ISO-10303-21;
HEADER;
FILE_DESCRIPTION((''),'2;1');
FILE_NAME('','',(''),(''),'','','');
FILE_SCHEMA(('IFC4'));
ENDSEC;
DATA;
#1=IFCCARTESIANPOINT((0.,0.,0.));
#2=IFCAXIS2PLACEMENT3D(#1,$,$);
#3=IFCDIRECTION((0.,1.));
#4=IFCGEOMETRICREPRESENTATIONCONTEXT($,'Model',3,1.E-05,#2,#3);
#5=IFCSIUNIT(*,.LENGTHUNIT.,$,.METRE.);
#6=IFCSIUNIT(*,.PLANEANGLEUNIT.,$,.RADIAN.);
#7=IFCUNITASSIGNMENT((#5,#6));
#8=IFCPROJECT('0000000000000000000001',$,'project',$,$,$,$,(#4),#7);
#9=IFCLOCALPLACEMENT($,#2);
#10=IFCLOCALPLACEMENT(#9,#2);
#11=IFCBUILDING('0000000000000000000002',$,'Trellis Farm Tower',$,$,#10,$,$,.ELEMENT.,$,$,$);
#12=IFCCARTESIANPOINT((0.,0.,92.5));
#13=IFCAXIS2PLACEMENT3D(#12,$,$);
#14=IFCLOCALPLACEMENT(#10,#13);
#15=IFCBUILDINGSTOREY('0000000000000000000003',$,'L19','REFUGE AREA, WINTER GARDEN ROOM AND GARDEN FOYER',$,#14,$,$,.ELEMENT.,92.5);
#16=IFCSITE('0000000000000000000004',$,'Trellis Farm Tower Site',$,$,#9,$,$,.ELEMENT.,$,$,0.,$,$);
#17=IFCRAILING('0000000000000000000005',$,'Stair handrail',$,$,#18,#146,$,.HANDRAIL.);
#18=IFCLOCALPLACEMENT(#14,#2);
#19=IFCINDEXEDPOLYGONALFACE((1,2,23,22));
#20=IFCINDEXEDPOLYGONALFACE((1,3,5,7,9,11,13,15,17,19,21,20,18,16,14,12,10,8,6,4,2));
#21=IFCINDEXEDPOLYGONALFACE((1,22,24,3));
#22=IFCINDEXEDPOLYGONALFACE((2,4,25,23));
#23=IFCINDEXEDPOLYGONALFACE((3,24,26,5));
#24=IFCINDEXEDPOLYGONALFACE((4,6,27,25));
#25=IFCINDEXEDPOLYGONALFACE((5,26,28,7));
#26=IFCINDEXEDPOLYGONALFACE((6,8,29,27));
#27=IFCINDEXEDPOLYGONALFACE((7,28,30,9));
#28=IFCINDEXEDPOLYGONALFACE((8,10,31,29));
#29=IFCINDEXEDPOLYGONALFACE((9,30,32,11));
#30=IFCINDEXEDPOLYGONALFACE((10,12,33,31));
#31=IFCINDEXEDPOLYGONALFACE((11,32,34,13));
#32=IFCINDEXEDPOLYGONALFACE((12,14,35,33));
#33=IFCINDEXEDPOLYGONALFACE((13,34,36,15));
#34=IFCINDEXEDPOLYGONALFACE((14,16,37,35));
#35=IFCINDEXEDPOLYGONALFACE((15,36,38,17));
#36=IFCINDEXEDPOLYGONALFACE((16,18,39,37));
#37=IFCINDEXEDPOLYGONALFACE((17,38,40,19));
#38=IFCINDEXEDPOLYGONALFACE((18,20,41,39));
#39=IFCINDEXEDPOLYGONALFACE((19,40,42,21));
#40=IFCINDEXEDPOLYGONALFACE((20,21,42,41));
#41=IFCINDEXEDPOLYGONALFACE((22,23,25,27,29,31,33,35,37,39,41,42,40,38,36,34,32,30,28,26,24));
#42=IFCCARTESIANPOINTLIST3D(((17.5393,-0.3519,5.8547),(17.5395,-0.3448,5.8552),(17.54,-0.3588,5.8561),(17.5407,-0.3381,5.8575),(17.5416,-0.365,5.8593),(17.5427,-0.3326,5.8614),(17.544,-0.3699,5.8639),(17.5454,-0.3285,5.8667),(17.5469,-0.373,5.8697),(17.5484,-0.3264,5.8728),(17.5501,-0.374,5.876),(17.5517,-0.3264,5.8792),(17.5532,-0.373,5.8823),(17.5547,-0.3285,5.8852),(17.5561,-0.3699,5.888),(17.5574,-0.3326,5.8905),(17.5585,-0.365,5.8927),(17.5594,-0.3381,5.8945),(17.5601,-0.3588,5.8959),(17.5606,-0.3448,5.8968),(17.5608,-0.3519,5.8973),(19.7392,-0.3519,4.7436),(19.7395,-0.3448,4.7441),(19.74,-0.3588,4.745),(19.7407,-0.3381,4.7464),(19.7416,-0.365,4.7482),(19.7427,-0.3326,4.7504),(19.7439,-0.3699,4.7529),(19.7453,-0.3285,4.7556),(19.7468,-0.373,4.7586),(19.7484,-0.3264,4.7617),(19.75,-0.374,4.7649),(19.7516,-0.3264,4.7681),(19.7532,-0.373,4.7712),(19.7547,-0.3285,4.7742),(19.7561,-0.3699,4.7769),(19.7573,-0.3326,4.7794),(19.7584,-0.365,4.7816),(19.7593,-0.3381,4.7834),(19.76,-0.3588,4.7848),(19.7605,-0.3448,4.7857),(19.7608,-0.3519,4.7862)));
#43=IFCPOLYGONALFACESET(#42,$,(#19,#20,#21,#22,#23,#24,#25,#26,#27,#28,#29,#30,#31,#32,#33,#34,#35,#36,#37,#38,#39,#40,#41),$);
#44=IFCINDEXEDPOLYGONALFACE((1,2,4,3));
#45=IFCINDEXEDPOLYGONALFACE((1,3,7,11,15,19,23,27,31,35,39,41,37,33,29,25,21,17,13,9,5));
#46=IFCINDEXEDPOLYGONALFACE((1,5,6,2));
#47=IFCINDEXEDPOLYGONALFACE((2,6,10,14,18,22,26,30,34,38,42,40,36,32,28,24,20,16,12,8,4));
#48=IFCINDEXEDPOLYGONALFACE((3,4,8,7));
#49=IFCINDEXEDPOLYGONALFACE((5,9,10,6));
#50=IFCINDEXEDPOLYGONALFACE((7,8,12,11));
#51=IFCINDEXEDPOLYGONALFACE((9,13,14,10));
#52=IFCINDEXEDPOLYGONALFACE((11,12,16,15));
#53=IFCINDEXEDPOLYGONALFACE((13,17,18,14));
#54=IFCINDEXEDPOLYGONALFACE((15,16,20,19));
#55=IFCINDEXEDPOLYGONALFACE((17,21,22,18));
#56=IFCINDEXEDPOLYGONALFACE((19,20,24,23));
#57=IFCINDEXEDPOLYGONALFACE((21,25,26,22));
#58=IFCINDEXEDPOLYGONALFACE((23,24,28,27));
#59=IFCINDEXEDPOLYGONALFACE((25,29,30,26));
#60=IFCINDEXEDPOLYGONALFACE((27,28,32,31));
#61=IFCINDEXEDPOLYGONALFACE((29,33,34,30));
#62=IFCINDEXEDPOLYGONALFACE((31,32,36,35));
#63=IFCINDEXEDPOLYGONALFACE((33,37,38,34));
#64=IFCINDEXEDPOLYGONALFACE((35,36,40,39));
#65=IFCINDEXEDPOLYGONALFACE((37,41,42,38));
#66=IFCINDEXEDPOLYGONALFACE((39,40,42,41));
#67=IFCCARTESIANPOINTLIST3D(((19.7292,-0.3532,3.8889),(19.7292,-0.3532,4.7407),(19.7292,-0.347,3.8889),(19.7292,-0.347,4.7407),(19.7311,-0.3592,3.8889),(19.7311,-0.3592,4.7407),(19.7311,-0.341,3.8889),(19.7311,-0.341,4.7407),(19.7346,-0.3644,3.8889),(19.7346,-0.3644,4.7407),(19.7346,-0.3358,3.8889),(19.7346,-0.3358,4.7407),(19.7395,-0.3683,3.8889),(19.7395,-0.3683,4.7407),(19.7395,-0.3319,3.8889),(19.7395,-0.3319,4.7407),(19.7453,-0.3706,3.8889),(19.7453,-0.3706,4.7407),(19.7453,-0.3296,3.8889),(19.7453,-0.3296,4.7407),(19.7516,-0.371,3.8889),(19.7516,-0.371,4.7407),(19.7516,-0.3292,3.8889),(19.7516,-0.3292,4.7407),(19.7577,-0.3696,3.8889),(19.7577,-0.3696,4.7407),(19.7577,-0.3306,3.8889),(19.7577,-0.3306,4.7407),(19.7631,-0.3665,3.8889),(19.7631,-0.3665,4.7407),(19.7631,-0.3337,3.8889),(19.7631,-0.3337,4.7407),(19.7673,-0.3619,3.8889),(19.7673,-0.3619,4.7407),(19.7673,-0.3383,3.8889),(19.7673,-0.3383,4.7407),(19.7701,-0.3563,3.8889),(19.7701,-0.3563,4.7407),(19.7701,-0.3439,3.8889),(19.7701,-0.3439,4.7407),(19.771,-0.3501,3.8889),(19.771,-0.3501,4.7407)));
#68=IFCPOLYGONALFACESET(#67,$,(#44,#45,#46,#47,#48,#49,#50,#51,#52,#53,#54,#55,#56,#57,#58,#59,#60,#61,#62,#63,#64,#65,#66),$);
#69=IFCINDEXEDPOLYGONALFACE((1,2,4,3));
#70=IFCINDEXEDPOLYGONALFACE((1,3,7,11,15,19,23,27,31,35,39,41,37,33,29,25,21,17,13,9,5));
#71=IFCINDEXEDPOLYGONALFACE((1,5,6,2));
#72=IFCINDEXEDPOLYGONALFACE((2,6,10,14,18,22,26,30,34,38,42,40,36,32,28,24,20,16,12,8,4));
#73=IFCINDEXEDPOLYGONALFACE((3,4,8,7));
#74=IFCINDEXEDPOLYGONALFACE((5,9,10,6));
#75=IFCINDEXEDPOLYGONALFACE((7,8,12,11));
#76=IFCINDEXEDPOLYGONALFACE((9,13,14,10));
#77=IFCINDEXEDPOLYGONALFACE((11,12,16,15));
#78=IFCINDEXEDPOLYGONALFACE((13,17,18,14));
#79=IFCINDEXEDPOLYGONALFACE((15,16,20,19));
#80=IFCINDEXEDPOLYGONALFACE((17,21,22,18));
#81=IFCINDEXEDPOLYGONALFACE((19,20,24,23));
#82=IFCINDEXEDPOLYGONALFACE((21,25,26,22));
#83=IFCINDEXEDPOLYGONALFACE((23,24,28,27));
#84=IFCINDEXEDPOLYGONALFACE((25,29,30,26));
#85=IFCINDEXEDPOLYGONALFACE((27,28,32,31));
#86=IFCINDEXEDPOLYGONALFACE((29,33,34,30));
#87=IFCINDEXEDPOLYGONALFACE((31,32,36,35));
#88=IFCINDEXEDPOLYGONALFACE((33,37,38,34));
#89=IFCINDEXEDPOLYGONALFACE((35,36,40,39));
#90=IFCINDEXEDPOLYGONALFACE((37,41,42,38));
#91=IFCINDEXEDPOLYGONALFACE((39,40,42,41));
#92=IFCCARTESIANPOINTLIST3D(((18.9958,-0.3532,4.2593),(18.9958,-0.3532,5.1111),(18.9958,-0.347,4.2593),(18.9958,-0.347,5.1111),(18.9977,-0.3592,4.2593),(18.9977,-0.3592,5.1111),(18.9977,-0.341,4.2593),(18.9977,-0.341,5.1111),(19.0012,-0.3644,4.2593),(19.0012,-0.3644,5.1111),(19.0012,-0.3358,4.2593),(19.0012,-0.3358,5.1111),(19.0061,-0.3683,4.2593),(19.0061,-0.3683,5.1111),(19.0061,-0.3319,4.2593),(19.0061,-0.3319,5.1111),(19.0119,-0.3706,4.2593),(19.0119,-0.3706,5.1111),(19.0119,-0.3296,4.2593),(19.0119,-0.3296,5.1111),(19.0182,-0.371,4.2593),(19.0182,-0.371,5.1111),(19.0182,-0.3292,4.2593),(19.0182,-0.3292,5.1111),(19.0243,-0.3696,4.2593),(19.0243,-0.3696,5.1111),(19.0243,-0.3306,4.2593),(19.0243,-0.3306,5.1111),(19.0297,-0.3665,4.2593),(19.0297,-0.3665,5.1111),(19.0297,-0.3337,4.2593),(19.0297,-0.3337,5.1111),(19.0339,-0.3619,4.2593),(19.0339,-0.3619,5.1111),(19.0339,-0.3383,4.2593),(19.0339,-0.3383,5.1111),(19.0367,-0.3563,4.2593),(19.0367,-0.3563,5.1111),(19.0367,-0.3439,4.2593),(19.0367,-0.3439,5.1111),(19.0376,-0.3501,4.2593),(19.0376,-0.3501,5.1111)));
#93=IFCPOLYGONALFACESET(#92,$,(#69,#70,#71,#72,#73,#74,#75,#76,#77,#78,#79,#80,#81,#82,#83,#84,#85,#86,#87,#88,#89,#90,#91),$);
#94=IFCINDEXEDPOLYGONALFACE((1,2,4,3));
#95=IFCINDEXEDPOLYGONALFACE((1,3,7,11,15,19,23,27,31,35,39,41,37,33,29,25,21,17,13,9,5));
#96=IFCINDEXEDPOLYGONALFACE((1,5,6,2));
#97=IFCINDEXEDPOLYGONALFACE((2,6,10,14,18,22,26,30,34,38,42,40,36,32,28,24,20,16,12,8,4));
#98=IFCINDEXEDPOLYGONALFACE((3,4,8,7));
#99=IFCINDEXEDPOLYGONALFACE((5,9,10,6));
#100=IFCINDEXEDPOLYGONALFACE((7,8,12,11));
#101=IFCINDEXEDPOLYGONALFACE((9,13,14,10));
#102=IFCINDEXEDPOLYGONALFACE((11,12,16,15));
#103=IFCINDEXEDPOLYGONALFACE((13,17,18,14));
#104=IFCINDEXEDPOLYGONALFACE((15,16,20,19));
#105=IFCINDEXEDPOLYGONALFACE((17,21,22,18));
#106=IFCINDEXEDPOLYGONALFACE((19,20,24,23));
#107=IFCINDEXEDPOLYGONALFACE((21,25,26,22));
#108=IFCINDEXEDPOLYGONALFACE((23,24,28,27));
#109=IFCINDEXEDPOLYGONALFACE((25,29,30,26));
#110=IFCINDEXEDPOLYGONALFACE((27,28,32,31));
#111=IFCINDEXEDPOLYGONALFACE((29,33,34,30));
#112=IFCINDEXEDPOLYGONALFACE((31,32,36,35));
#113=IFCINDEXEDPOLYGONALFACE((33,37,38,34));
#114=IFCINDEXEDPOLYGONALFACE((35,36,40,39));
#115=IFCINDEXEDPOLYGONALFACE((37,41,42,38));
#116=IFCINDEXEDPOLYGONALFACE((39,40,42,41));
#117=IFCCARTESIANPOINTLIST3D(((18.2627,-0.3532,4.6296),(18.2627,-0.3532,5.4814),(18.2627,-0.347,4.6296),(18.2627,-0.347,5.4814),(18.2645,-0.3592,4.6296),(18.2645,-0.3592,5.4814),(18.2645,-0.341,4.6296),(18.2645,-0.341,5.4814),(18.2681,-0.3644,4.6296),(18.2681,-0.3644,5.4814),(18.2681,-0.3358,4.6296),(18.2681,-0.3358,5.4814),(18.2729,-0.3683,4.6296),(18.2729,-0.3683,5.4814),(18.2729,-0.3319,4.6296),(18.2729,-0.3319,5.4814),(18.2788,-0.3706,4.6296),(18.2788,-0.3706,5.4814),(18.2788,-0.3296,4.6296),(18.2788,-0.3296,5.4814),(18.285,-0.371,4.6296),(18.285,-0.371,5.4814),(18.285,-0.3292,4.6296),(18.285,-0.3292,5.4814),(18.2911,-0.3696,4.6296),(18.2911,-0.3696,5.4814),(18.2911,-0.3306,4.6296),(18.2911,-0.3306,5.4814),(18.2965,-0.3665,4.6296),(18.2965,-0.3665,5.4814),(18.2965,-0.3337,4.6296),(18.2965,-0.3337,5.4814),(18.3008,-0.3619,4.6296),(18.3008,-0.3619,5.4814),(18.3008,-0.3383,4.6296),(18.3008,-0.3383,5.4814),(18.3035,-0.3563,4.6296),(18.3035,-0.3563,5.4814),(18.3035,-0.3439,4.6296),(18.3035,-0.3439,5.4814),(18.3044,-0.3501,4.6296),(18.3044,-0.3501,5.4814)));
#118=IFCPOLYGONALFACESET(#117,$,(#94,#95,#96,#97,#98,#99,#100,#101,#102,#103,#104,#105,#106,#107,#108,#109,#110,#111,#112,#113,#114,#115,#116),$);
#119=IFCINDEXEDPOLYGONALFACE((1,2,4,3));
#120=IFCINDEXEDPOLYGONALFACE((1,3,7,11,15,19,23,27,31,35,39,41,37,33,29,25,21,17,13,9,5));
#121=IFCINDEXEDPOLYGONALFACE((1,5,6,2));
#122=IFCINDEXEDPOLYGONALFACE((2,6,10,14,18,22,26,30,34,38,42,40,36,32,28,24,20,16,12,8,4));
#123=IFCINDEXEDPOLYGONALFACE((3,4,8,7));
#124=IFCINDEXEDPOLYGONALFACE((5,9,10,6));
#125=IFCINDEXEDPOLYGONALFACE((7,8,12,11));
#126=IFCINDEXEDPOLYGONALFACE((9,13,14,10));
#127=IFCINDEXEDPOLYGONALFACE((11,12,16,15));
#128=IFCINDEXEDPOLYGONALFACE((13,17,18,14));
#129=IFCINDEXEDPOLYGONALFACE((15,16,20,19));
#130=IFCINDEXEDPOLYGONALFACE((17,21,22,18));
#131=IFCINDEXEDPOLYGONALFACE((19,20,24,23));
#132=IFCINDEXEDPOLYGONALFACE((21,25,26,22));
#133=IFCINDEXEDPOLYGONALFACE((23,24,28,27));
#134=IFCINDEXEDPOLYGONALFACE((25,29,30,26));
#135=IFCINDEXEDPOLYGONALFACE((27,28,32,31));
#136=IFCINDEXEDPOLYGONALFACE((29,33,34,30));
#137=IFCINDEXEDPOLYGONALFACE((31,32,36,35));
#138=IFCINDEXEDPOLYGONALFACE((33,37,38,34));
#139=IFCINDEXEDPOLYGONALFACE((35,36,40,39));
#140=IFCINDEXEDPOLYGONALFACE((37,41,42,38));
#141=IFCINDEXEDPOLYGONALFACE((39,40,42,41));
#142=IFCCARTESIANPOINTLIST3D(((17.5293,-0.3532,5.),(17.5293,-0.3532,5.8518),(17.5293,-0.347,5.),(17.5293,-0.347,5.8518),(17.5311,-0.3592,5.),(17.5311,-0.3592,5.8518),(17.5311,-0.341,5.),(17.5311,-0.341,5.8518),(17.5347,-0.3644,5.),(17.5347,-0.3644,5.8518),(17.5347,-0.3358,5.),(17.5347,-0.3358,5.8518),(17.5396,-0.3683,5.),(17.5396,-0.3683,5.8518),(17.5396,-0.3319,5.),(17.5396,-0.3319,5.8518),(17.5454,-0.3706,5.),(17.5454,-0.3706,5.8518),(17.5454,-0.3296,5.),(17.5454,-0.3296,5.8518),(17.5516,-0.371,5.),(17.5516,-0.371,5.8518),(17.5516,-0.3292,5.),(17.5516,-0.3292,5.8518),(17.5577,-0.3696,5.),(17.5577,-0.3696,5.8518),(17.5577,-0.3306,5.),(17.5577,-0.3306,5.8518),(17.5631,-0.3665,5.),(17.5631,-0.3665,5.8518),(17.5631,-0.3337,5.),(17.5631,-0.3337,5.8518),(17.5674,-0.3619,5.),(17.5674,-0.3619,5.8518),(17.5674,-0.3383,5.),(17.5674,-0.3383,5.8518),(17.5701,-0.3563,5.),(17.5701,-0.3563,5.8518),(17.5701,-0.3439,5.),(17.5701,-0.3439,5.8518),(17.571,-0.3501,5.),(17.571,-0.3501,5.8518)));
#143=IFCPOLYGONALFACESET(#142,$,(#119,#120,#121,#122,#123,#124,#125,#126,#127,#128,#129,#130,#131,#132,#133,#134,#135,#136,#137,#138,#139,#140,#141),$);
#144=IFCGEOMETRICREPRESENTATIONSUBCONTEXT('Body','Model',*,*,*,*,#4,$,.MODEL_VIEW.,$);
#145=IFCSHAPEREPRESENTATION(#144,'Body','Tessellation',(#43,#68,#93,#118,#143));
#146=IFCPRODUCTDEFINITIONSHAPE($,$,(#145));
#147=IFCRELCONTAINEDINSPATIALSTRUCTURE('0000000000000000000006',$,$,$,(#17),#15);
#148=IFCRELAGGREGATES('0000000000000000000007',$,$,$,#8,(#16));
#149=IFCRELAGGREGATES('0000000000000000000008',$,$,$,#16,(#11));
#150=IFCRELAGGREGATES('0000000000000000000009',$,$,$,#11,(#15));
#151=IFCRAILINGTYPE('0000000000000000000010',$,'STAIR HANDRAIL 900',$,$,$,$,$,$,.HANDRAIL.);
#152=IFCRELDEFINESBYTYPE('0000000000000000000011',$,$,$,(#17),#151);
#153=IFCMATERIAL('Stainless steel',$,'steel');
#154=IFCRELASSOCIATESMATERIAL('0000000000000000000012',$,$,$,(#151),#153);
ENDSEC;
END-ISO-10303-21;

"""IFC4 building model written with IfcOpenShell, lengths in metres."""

from ifc_helpers import new_model, si_unit, direction, frame, origin, origin_2d, place, context, subcontext, project, spatial, circle, extrude, source, transform, mapped, material, type_object, element, save


model = new_model("IFC4")

# Units and contexts
model_context = context("Model", 3, precision=1e-05, world=origin(), true_north=direction((0.0, 1.0)))
body_context = subcontext(model_context, "Body", "Model", "MODEL_VIEW")
ifc_project = project(units=[si_unit("LENGTHUNIT", "METRE"), si_unit("PLANEANGLEUNIT", "RADIAN")], contexts=[model_context])

# Site, building, storey
site_placement = place(None, origin())
site = spatial("IfcSite", under=ifc_project, at=site_placement, Name="Trellis Farm Tower Site", CompositionType="ELEMENT", RefElevation=0.0)
building_placement = place(site_placement, origin())
building = spatial("IfcBuilding", under=site, at=building_placement, Name="Trellis Farm Tower", CompositionType="ELEMENT")
storey_placement = place(building_placement, frame((0.0, 0.0, 92.5)))
storey = spatial("IfcBuildingStorey", under=building, at=storey_placement, Name="L19", Description="REFUGE AREA, WINTER GARDEN ROOM AND GARDEN FOYER", CompositionType="ELEMENT", Elevation=92.5)

# Shared definitions
ifc_material_1 = material(Name="Stainless steel", Category="steel")

# Railing
railing_type = type_object("IfcRailingType", Name="STAIR HANDRAIL 900", PredefinedType="HANDRAIL", material=ifc_material_1)
shared_shape_1 = source(origin(), body_context, "Body", "SweptSolid", [
    extrude(circle(Radius=0.0239, at=origin_2d()), frame((0.0, 0.0, 0.876), z_axis=(-0.892617, 0.0, 0.450816), x_axis=(0.0, -1.0, 0.0)), (0.0, 0.0, 1.0), 2.4646),
    extrude(circle(Radius=0.021, at=origin_2d()), origin(), (0.0, 0.0, 1.0), 0.8518),
    extrude(circle(Radius=0.021, at=origin_2d()), frame((-0.7334, 0.0, 0.3704)), (0.0, 0.0, 1.0), 0.8518),
    extrude(circle(Radius=0.021, at=origin_2d()), frame((-1.4666, 0.0, 0.7407)), (0.0, 0.0, 1.0), 0.8518),
    extrude(circle(Radius=0.021, at=origin_2d()), frame((-2.2, 0.0, 1.1111)), (0.0, 0.0, 1.0), 0.8518),
])
for number, where, name in (
    (1, (19.75, -0.3501, 3.8889), "Stair handrail"),
):
    element("IfcRailing", number, at=place(storey_placement, frame(where)), inside=storey, type_object=railing_type, Name=name, PredefinedType="HANDRAIL", context=body_context, shape_type="MappedRepresentation", body=[
        mapped(shared_shape_1, transform((0.0, 0.0, 0.0))),
    ])

save(model, "model.ifc")
